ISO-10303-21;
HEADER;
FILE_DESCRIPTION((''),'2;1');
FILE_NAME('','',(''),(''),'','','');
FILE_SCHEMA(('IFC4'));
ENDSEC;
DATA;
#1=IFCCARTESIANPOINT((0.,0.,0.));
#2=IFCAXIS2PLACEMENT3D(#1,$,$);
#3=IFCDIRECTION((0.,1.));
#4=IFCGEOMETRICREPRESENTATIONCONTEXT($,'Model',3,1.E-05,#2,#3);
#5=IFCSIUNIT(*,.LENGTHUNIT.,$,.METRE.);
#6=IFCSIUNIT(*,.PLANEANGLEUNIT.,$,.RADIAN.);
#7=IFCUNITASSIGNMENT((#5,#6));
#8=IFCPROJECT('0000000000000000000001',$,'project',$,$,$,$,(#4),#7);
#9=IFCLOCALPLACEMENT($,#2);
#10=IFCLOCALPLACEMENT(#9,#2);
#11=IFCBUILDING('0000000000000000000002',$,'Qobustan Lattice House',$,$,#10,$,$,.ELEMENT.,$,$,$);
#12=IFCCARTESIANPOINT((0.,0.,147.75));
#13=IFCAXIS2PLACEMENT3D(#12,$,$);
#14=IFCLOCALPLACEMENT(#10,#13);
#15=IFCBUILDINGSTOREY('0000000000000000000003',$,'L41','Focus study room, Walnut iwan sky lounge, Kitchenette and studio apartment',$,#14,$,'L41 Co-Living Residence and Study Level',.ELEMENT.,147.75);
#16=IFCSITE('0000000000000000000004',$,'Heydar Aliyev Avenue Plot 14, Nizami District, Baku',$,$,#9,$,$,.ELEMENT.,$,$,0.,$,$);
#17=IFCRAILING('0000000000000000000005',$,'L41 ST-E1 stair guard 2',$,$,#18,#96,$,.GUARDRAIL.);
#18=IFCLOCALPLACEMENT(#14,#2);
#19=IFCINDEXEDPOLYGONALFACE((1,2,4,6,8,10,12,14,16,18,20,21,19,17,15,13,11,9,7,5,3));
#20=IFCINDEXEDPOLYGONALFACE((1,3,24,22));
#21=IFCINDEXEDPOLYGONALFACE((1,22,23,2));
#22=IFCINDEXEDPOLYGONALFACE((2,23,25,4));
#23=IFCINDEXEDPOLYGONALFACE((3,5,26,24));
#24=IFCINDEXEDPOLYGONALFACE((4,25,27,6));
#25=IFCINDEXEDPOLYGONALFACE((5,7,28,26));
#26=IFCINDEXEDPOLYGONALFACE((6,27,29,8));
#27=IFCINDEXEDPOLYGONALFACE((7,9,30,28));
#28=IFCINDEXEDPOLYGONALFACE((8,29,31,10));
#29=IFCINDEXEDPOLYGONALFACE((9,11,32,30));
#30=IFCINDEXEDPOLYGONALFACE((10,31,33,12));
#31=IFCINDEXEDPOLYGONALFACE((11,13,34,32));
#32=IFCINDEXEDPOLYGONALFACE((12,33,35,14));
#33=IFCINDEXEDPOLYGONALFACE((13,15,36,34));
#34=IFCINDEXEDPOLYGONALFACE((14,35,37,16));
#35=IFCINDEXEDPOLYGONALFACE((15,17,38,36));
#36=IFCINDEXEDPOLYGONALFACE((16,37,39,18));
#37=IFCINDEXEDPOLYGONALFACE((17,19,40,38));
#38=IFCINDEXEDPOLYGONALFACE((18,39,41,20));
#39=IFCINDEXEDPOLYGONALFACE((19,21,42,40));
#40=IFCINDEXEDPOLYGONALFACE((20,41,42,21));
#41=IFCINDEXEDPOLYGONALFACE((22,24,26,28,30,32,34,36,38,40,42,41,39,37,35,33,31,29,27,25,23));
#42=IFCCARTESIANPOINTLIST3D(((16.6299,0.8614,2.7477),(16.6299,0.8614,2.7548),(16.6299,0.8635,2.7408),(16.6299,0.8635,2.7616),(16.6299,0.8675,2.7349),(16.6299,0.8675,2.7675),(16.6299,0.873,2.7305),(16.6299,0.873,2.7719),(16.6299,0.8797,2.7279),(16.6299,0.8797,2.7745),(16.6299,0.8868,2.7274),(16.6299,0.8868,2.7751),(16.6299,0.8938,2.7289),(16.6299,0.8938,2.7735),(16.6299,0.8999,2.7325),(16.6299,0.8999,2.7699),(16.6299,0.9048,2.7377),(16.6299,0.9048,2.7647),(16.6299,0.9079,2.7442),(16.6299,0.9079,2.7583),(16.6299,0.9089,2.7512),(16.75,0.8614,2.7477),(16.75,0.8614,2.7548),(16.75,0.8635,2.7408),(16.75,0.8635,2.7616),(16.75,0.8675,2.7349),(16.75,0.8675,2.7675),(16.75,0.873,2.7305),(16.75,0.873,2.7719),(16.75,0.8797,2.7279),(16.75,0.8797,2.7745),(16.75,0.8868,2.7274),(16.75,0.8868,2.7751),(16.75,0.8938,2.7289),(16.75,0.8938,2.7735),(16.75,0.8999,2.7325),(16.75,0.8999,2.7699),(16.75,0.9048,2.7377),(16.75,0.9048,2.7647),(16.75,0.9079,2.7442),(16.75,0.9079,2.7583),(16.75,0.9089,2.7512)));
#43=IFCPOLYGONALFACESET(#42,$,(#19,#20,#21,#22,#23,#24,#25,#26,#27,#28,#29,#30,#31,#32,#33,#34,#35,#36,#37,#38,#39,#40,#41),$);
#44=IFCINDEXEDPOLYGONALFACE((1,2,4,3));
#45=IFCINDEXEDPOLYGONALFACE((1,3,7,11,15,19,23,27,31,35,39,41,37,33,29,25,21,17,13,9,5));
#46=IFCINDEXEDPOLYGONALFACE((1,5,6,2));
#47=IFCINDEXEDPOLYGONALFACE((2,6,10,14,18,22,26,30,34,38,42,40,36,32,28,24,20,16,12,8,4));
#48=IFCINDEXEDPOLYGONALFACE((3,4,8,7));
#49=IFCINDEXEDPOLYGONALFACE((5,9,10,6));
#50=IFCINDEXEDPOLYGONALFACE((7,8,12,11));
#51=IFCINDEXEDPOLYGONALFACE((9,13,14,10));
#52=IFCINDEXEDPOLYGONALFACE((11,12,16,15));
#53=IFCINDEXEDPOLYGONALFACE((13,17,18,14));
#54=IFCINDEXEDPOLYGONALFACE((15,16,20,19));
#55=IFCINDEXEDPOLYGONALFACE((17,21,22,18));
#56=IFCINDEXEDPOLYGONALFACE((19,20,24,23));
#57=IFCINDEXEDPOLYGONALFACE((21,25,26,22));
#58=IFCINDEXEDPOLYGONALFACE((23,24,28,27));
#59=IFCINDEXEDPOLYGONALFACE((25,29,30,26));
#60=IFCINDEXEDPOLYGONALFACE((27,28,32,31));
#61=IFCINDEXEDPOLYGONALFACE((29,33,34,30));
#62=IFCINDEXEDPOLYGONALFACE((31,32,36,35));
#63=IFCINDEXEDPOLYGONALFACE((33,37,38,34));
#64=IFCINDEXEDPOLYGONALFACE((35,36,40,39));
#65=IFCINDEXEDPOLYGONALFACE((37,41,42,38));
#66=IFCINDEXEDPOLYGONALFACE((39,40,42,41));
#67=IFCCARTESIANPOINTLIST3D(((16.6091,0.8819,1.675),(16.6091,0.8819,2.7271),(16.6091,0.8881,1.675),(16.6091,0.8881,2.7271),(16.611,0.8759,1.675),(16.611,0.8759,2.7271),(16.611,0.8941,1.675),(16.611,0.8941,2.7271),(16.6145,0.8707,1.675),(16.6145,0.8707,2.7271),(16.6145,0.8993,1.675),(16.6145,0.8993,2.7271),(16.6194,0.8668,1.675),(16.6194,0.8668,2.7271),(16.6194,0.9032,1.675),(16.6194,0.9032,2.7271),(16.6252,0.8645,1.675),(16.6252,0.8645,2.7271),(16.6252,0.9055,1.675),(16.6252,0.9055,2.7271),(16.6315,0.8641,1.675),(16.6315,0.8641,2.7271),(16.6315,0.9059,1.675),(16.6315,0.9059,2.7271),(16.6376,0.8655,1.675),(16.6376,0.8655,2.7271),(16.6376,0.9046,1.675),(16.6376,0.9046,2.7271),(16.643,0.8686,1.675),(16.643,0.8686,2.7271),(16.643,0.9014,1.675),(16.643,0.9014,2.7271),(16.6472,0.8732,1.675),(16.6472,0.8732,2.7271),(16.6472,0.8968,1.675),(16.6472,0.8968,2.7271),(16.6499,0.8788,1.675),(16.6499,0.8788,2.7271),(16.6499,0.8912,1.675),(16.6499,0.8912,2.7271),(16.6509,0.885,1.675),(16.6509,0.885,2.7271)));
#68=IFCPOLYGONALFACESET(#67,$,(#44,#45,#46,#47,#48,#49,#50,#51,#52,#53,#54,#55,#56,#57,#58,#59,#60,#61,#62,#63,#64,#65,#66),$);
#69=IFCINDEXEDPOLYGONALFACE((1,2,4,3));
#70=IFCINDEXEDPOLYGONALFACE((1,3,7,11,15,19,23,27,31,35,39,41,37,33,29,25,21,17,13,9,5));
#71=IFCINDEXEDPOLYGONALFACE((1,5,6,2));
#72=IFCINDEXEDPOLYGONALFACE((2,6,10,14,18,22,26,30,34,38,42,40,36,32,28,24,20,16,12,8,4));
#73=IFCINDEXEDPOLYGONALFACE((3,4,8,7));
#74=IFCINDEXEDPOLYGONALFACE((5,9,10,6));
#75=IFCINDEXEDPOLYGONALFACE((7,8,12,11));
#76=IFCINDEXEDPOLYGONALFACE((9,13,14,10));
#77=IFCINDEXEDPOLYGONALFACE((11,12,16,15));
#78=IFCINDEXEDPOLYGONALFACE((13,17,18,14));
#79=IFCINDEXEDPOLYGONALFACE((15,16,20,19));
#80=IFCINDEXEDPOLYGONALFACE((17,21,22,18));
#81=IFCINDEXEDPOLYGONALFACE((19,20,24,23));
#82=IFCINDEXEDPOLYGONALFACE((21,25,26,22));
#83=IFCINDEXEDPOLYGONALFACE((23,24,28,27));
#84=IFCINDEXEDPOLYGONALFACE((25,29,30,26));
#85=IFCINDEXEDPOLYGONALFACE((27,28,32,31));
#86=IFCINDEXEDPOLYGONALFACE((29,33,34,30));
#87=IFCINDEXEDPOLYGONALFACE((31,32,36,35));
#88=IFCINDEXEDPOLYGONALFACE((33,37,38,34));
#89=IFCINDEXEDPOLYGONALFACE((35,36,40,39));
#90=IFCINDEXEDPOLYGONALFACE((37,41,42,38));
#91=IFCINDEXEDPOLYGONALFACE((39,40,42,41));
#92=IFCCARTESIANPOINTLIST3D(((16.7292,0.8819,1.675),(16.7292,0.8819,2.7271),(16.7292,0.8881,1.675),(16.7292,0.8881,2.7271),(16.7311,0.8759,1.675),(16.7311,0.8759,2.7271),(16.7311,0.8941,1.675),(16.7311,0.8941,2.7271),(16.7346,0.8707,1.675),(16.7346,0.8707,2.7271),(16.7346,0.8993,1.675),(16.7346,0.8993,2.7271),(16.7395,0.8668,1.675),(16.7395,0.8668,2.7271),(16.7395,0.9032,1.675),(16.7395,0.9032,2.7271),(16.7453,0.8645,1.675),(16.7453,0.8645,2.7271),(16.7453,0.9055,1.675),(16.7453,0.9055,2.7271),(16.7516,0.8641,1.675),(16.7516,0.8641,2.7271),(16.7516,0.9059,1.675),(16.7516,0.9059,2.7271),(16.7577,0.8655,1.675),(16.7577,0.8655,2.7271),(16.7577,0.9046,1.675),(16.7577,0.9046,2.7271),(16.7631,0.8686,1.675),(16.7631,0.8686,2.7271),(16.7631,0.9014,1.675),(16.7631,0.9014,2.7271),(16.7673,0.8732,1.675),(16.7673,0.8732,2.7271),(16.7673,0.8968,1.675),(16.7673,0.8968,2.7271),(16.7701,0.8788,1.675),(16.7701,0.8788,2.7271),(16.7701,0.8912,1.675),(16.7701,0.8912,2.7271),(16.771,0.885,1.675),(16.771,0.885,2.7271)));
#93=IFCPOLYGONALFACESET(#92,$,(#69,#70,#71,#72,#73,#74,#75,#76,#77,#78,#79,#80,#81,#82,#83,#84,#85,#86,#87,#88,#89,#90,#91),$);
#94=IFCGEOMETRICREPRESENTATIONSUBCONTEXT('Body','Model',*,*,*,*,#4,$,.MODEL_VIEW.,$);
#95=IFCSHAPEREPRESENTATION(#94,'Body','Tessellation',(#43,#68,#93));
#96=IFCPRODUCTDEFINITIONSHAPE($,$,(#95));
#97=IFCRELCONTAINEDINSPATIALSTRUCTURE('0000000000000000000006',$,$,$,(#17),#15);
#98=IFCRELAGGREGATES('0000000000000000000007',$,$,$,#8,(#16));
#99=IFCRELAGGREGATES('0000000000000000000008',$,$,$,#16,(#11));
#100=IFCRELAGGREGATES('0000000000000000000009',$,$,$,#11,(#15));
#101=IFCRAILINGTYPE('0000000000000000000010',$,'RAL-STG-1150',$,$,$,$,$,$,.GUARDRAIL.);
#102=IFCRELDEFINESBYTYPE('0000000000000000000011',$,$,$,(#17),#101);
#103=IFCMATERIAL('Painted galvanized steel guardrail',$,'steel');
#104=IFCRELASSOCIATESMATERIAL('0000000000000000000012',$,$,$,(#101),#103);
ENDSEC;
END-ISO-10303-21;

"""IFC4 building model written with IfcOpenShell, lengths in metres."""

from ifc_helpers import new_model, si_unit, direction, frame, origin, origin_2d, place, context, subcontext, project, spatial, circle, extrude, material, type_object, element, save


model = new_model("IFC4")

# Units and contexts
model_context = context("Model", 3, precision=1e-05, world=origin(), true_north=direction((0.0, 1.0)))
body_context = subcontext(model_context, "Body", "Model", "MODEL_VIEW")
ifc_project = project(units=[si_unit("LENGTHUNIT", "METRE"), si_unit("PLANEANGLEUNIT", "RADIAN")], contexts=[model_context])

# Site, building, storey
site_placement = place(None, origin())
site = spatial("IfcSite", under=ifc_project, at=site_placement, Name="Heydar Aliyev Avenue Plot 14, Nizami District, Baku", CompositionType="ELEMENT", RefElevation=0.0)
building_placement = place(site_placement, origin())
building = spatial("IfcBuilding", under=site, at=building_placement, Name="Qobustan Lattice House", CompositionType="ELEMENT")
storey_placement = place(building_placement, frame((0.0, 0.0, 147.75)))
storey = spatial("IfcBuildingStorey", under=building, at=storey_placement, Name="L41", Description="Focus study room, Walnut iwan sky lounge, Kitchenette and studio apartment", LongName="L41 Co-Living Residence and Study Level", CompositionType="ELEMENT", Elevation=147.75)

# Railing
ifc_material_1 = material(Name="Painted galvanized steel guardrail", Category="steel")
railing_type_1 = type_object("IfcRailingType", Name="RAL-STG-1150", PredefinedType="GUARDRAIL", material=ifc_material_1)
railing_1_placement = place(storey_placement, frame((16.6299, 0.885, 1.675)))
element("IfcRailing", 1, at=railing_1_placement, inside=storey, type_object=railing_type_1, Name="L41 ST-E1 stair guard 2", PredefinedType="GUARDRAIL", context=body_context, shape_type="SweptSolid", body=[
    extrude(circle(Radius=0.0239, at=origin_2d()), frame((0.0, 0.0, 1.0762), z_axis=(1.0, 0.0, 0.0), x_axis=(0.0, 1.0, 0.0)), (0.0, 0.0, 1.0), 0.1201),
    extrude(circle(Radius=0.021, at=origin_2d()), origin(), (0.0, 0.0, 1.0), 1.052),
    extrude(circle(Radius=0.021, at=origin_2d()), frame((0.1201, 0.0, 0.0)), (0.0, 0.0, 1.0), 1.052),
])

save(model, "model.ifc")
